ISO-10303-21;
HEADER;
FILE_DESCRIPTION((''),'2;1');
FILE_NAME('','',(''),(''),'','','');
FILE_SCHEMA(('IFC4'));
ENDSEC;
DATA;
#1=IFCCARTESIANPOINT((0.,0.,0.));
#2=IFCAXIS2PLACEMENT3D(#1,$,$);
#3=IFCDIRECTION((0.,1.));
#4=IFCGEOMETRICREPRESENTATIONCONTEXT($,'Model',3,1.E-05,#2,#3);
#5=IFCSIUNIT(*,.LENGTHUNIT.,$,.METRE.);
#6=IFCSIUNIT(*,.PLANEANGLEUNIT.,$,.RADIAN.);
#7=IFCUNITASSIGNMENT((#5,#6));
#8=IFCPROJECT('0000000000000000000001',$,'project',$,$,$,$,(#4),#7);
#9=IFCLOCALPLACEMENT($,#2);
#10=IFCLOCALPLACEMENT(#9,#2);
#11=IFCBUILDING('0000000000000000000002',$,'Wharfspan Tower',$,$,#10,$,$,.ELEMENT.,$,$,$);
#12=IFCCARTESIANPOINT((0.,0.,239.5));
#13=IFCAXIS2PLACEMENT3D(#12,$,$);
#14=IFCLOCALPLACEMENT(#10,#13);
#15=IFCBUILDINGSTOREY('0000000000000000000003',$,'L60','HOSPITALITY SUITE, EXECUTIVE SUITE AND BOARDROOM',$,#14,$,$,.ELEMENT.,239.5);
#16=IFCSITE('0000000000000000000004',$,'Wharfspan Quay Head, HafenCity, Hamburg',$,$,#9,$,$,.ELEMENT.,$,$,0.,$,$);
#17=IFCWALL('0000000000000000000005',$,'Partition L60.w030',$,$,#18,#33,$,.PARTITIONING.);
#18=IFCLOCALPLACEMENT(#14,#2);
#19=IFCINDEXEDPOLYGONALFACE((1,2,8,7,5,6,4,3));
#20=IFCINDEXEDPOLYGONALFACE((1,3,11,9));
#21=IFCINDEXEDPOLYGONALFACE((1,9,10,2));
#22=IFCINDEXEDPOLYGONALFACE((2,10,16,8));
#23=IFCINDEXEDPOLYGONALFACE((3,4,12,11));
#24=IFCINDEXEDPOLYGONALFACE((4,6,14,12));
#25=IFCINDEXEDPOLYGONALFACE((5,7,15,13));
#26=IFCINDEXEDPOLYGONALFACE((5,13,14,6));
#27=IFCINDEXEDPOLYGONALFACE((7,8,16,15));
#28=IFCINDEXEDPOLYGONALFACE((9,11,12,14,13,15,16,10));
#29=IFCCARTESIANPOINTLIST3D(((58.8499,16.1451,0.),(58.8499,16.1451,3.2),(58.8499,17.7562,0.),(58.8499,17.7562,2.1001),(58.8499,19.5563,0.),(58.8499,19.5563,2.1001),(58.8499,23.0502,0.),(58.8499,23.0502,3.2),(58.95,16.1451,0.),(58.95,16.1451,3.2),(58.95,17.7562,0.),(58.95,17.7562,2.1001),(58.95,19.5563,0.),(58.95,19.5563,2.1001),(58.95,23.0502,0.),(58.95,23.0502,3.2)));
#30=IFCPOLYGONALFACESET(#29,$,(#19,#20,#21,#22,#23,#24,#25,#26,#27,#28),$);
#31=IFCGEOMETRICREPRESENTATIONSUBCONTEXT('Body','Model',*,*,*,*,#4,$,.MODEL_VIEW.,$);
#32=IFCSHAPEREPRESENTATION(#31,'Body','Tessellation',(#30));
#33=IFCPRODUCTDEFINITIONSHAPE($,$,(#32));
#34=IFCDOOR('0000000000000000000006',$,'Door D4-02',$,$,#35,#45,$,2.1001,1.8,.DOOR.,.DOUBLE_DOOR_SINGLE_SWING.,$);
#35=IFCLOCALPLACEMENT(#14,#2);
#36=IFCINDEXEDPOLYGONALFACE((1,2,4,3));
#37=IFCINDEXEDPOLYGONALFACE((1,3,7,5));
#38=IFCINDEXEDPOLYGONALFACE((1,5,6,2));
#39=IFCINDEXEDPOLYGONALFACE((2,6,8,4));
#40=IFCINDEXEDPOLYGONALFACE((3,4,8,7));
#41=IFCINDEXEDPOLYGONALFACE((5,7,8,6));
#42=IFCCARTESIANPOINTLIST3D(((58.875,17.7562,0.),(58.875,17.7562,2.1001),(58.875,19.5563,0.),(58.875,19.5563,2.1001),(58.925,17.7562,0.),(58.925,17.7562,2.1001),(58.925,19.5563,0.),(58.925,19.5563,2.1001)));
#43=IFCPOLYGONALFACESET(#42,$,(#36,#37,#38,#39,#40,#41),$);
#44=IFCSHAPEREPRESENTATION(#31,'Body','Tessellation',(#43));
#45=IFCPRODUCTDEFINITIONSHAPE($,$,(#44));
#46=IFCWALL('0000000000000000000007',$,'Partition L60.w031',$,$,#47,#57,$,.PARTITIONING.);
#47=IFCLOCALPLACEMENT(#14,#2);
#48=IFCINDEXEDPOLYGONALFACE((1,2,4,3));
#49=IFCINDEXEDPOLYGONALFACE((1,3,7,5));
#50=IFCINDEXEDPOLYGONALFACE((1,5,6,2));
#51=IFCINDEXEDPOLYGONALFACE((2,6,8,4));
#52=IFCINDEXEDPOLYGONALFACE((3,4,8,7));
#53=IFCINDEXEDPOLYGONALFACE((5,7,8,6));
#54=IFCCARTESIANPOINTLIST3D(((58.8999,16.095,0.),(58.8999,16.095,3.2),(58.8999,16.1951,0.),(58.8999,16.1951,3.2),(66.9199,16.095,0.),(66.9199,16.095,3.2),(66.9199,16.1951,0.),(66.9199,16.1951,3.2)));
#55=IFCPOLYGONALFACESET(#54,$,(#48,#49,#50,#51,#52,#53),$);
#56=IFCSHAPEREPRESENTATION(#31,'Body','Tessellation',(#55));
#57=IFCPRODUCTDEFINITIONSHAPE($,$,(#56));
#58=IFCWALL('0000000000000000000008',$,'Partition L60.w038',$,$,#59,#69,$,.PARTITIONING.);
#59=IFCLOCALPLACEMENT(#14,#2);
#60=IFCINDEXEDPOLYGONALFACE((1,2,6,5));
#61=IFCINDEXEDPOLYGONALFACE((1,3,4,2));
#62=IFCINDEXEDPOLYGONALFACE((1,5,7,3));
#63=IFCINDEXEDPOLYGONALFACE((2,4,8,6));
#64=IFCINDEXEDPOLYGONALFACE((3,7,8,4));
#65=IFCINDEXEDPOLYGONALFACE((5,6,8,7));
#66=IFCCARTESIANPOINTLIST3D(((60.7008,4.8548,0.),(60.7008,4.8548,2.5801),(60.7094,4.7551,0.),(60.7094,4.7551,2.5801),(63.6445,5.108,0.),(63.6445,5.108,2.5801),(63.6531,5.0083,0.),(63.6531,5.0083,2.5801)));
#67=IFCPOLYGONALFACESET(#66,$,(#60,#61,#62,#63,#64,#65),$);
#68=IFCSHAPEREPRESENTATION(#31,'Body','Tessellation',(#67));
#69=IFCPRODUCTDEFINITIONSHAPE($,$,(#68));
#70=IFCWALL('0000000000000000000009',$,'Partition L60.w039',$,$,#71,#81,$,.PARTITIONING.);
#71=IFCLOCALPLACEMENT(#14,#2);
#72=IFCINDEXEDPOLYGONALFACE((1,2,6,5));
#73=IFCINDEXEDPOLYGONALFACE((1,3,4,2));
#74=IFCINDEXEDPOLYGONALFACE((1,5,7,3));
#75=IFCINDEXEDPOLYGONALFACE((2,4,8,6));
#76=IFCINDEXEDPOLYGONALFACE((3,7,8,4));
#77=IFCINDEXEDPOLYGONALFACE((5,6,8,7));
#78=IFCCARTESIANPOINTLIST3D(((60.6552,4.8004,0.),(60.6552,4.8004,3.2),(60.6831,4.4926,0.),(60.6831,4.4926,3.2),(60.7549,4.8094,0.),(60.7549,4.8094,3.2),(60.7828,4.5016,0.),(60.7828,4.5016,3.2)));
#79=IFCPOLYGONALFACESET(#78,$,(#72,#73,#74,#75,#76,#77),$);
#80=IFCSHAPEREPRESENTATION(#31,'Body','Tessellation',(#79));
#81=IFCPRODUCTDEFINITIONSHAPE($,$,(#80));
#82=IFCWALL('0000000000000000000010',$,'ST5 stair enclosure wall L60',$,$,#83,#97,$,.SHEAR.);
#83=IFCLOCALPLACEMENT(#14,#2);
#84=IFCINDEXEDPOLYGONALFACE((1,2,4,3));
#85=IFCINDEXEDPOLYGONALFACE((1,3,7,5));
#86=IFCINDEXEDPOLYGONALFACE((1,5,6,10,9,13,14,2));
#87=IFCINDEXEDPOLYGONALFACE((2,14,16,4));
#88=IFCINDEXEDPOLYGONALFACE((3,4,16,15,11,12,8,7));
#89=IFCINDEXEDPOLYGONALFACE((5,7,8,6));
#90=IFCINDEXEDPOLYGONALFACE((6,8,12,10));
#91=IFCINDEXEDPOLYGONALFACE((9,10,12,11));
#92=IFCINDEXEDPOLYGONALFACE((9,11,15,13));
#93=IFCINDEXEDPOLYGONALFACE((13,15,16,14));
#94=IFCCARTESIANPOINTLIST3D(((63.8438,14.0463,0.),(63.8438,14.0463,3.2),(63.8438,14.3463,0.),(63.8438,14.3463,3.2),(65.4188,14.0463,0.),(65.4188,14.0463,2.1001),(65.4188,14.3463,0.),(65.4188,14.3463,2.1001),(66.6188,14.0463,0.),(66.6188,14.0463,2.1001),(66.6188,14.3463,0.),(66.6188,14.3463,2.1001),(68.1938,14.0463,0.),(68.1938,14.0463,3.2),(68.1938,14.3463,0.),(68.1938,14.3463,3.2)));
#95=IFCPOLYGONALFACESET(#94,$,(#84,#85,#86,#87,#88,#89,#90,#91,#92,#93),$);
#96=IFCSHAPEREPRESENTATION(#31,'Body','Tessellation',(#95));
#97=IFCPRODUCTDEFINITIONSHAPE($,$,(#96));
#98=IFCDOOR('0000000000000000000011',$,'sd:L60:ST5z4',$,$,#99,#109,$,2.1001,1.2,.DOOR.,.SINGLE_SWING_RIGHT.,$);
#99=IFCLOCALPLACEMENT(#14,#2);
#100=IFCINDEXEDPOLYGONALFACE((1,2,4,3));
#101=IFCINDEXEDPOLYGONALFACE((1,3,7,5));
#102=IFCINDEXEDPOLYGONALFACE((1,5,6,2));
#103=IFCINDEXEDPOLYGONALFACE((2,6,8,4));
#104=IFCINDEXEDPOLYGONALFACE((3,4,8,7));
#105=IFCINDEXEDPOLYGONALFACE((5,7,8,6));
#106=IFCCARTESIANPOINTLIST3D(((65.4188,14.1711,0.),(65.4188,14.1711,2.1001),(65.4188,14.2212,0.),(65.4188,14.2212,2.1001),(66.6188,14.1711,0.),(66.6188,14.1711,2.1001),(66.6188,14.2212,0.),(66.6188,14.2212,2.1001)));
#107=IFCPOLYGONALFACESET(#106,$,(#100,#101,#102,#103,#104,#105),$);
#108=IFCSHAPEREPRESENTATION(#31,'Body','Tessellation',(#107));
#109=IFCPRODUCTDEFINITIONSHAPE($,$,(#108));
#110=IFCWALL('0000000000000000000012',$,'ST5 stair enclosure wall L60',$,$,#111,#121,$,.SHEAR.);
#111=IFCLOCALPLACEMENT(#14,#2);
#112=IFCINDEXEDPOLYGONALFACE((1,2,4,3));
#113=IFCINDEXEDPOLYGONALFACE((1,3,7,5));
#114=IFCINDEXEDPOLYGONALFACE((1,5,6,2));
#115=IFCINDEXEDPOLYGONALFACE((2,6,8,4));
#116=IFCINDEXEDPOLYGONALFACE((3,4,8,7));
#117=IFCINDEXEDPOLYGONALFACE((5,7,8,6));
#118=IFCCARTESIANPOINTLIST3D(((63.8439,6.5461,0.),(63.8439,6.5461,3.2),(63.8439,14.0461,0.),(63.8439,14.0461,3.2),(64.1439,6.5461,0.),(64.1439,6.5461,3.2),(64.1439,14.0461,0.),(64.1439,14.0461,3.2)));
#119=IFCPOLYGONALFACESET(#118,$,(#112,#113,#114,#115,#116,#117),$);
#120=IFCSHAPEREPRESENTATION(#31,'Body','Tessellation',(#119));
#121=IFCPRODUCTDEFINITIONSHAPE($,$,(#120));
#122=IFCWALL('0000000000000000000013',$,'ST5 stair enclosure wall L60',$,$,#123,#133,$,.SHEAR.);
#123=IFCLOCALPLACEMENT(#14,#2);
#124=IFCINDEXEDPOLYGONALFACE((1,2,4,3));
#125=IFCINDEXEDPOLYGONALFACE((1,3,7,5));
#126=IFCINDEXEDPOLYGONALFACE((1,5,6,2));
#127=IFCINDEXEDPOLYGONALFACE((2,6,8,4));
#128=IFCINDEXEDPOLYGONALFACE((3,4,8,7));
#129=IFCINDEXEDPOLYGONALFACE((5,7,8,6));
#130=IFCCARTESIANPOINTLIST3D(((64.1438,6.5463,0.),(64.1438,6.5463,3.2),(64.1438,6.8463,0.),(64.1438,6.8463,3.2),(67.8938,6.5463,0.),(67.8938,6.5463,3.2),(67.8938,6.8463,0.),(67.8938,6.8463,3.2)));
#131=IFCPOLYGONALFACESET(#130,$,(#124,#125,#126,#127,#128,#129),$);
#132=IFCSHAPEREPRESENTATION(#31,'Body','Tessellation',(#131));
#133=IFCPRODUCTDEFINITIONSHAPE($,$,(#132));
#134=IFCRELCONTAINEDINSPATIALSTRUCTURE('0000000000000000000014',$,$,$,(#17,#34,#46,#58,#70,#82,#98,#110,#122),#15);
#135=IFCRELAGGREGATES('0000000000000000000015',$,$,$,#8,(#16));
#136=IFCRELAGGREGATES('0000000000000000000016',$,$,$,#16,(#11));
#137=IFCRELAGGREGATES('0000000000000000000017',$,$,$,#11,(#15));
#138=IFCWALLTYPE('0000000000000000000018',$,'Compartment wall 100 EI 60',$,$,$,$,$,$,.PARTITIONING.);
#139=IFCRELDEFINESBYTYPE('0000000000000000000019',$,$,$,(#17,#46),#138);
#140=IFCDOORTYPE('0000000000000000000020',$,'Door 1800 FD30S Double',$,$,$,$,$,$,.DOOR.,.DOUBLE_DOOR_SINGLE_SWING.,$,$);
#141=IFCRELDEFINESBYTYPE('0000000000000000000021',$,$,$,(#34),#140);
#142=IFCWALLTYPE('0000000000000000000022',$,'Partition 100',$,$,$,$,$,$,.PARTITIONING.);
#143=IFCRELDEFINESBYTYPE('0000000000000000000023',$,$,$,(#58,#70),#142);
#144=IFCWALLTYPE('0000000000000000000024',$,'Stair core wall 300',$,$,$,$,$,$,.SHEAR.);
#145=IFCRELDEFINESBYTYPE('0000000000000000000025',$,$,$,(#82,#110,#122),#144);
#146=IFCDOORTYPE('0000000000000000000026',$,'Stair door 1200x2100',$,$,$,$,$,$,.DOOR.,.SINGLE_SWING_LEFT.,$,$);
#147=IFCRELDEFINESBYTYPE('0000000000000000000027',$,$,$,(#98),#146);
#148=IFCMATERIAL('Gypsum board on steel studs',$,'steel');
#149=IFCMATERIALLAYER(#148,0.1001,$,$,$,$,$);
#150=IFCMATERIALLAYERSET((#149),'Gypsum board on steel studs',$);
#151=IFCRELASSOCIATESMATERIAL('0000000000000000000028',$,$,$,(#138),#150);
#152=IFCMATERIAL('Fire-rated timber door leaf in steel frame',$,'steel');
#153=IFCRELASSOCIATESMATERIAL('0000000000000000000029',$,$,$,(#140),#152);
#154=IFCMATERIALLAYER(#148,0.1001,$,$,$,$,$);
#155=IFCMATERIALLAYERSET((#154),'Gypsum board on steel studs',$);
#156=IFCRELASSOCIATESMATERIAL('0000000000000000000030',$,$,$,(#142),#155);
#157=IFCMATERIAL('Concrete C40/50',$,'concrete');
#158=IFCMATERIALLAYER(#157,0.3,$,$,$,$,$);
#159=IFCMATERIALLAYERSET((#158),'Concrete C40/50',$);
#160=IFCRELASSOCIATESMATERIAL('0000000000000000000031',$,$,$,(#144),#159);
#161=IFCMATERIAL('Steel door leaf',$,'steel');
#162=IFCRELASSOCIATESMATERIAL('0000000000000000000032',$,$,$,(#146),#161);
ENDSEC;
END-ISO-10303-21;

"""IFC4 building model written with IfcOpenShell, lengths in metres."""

from ifc_helpers import new_model, si_unit, direction, frame, frame_2d, origin, place, context, subcontext, project, spatial, rectangle, extrude, material, layer, layer_set, type_object, element, fill, save


model = new_model("IFC4")

# Units and contexts
model_context = context("Model", 3, precision=1e-05, world=origin(), true_north=direction((0.0, 1.0)))
body_context = subcontext(model_context, "Body", "Model", "MODEL_VIEW")
ifc_project = project(units=[si_unit("LENGTHUNIT", "METRE"), si_unit("PLANEANGLEUNIT", "RADIAN")], contexts=[model_context])

# Site, building, storey
site_placement = place(None, origin())
site = spatial("IfcSite", under=ifc_project, at=site_placement, Name="Wharfspan Quay Head, HafenCity, Hamburg", CompositionType="ELEMENT", RefElevation=0.0)
building_placement = place(site_placement, origin())
building = spatial("IfcBuilding", under=site, at=building_placement, Name="Wharfspan Tower", CompositionType="ELEMENT")
storey_placement = place(building_placement, frame((0.0, 0.0, 239.5)))
storey = spatial("IfcBuildingStorey", under=building, at=storey_placement, Name="L60", Description="HOSPITALITY SUITE, EXECUTIVE SUITE AND BOARDROOM", CompositionType="ELEMENT", Elevation=239.5)

# Shared definitions
ifc_material_1 = material(Name="Gypsum board on steel studs", Category="steel")
ifc_layer_1 = layer(ifc_material_1, 0.1001)
ifc_layer_set_1 = layer_set([ifc_layer_1], Name="Gypsum board on steel studs")
wall_type_1 = type_object("IfcWallType", Name="Compartment wall 100 EI 60", PredefinedType="PARTITIONING", material=ifc_layer_set_1)
ifc_material_2 = material(Name="Fire-rated timber door leaf in steel frame", Category="steel")

# Wall, opening, door
wall_1_placement = place(storey_placement, frame((58.8999, 16.145, 0.0), z_axis=(0.0, 0.0, 1.0), x_axis=(0.0, 1.0, 0.0)))
wall_1 = element("IfcWall", 1, at=wall_1_placement, inside=storey, type_object=wall_type_1, Name="Partition L60.w030", PredefinedType="PARTITIONING", context=body_context, shape_type="SweptSolid", body=[
    extrude(rectangle(XDim=6.905, YDim=0.1001, at=frame_2d((3.4526, 0.0))), origin(), (0.0, 0.0, 1.0), 3.2),
])
opening_1_placement = place(wall_1_placement, frame((1.6113, 0.0, 0.0)))
opening_1 = element("IfcOpeningElement", 2, at=opening_1_placement, cuts=wall_1, PredefinedType="OPENING", context=body_context, shape_type="SweptSolid", body=[
    extrude(rectangle(XDim=1.8, YDim=2.1001, at=frame_2d((0.8999, 1.05))), frame((0.0, 0.0601, 0.0), z_axis=(0.0, -1.0, 0.0), x_axis=(1.0, 0.0, 0.0)), (0.0, 0.0, 1.0), 0.1201),
])
door_type_1 = type_object("IfcDoorType", Name="Door 1800 FD30S Double", OperationType="DOUBLE_DOOR_SINGLE_SWING", PredefinedType="DOOR", material=ifc_material_2)
door_1_placement = place(opening_1_placement, origin())
door_1 = element("IfcDoor", 3, at=door_1_placement, inside=storey, type_object=door_type_1, Name="Door D4-02", OperationType="DOUBLE_DOOR_SINGLE_SWING", OverallHeight=2.1001, OverallWidth=1.8, PredefinedType="DOOR", context=body_context, shape_type="SweptSolid", body=[
    extrude(rectangle(XDim=1.8, YDim=2.1001, at=frame_2d((0.8999, 1.05))), frame((0.0, 0.0249, 0.0), z_axis=(0.0, -1.0, 0.0), x_axis=(1.0, 0.0, 0.0)), (0.0, 0.0, 1.0), 0.05),
])
fill(opening_1, door_1)

# Walls
wall_2_placement = place(storey_placement, frame((58.8999, 16.145, 0.0), z_axis=(0.0, 0.0, 1.0), x_axis=(1.0, 0.0, 0.0)))
element("IfcWall", 4, at=wall_2_placement, inside=storey, type_object=wall_type_1, Name="Partition L60.w031", PredefinedType="PARTITIONING", context=body_context, shape_type="SweptSolid", body=[
    extrude(rectangle(XDim=8.02, YDim=0.1001, at=frame_2d((4.01, 0.0))), origin(), (0.0, 0.0, 1.0), 3.2),
])
ifc_layer_2 = layer(ifc_material_1, 0.1001)
ifc_layer_set_2 = layer_set([ifc_layer_2], Name="Gypsum board on steel studs")
wall_type_2 = type_object("IfcWallType", Name="Partition 100", PredefinedType="PARTITIONING", material=ifc_layer_set_2)
wall_3_placement = place(storey_placement, frame((60.7051, 4.8049, 0.0), z_axis=(0.0, 0.0, 1.0), x_axis=(0.996324, 0.085692, 0.0)))
element("IfcWall", 5, at=wall_3_placement, inside=storey, type_object=wall_type_2, Name="Partition L60.w038", PredefinedType="PARTITIONING", context=body_context, shape_type="SweptSolid", body=[
    extrude(rectangle(XDim=2.9546, YDim=0.1001, at=frame_2d((1.4773, 0.0))), origin(), (0.0, 0.0, 1.0), 2.5801),
])
wall_4_placement = place(storey_placement, frame((60.7329, 4.4971, 0.0), z_axis=(0.0, 0.0, 1.0), x_axis=(-0.090037, 0.995936, 0.0)))
element("IfcWall", 6, at=wall_4_placement, inside=storey, type_object=wall_type_2, Name="Partition L60.w039", PredefinedType="PARTITIONING", context=body_context, shape_type="SweptSolid", body=[
    extrude(rectangle(XDim=0.3091, YDim=0.1001, at=frame_2d((0.1545, 0.0))), origin(), (0.0, 0.0, 1.0), 3.2),
])

# Wall, opening, door
ifc_material_3 = material(Name="Concrete C40/50", Category="concrete")
ifc_layer_3 = layer(ifc_material_3, 0.3)
ifc_layer_set_3 = layer_set([ifc_layer_3], Name="Concrete C40/50")
wall_type_3 = type_object("IfcWallType", Name="Stair core wall 300", PredefinedType="SHEAR", material=ifc_layer_set_3)
wall_5_placement = place(storey_placement, frame((63.8438, 14.1963, 0.0), z_axis=(0.0, 0.0, 1.0), x_axis=(1.0, 0.0, 0.0)))
wall_5 = element("IfcWall", 7, at=wall_5_placement, inside=storey, type_object=wall_type_3, Name="ST5 stair enclosure wall L60", PredefinedType="SHEAR", context=body_context, shape_type="SweptSolid", body=[
    extrude(rectangle(XDim=4.3501, YDim=0.3, at=frame_2d((2.175, 0.0))), origin(), (0.0, 0.0, 1.0), 3.2),
])
opening_2_placement = place(wall_5_placement, frame((1.575, 0.0, 0.0)))
opening_2 = element("IfcOpeningElement", 8, at=opening_2_placement, cuts=wall_5, PredefinedType="OPENING", context=body_context, shape_type="SweptSolid", body=[
    extrude(rectangle(XDim=1.2, YDim=2.1001, at=frame_2d((0.6001, 1.05))), frame((0.0, 0.1599, 0.0), z_axis=(0.0, -1.0, 0.0), x_axis=(1.0, 0.0, 0.0)), (0.0, 0.0, 1.0), 0.3201),
])
ifc_material_4 = material(Name="Steel door leaf", Category="steel")
door_type_2 = type_object("IfcDoorType", Name="Stair door 1200x2100", OperationType="SINGLE_SWING_LEFT", PredefinedType="DOOR", material=ifc_material_4)
door_2_placement = place(opening_2_placement, origin())
door_2 = element("IfcDoor", 9, at=door_2_placement, inside=storey, type_object=door_type_2, Name="sd:L60:ST5z4", OperationType="SINGLE_SWING_RIGHT", OverallHeight=2.1001, OverallWidth=1.2, PredefinedType="DOOR", context=body_context, shape_type="SweptSolid", body=[
    extrude(rectangle(XDim=1.2, YDim=2.1001, at=frame_2d((0.6001, 1.05))), frame((0.0, 0.0249, 0.0), z_axis=(0.0, -1.0, 0.0), x_axis=(1.0, 0.0, 0.0)), (0.0, 0.0, 1.0), 0.05),
])
fill(opening_2, door_2)

# Walls
wall_6_placement = place(storey_placement, frame((63.9939, 6.5461, 0.0), z_axis=(0.0, 0.0, 1.0), x_axis=(0.0, 1.0, 0.0)))
element("IfcWall", 10, at=wall_6_placement, inside=storey, type_object=wall_type_3, Name="ST5 stair enclosure wall L60", PredefinedType="SHEAR", context=body_context, shape_type="SweptSolid", body=[
    extrude(rectangle(XDim=7.5, YDim=0.3, at=frame_2d((3.75, 0.0))), origin(), (0.0, 0.0, 1.0), 3.2),
])
wall_7_placement = place(storey_placement, frame((64.1438, 6.6963, 0.0), z_axis=(0.0, 0.0, 1.0), x_axis=(1.0, 0.0, 0.0)))
element("IfcWall", 11, at=wall_7_placement, inside=storey, type_object=wall_type_3, Name="ST5 stair enclosure wall L60", PredefinedType="SHEAR", context=body_context, shape_type="SweptSolid", body=[
    extrude(rectangle(XDim=3.75, YDim=0.3, at=frame_2d((1.875, 0.0))), origin(), (0.0, 0.0, 1.0), 3.2),
])

save(model, "model.ifc")
